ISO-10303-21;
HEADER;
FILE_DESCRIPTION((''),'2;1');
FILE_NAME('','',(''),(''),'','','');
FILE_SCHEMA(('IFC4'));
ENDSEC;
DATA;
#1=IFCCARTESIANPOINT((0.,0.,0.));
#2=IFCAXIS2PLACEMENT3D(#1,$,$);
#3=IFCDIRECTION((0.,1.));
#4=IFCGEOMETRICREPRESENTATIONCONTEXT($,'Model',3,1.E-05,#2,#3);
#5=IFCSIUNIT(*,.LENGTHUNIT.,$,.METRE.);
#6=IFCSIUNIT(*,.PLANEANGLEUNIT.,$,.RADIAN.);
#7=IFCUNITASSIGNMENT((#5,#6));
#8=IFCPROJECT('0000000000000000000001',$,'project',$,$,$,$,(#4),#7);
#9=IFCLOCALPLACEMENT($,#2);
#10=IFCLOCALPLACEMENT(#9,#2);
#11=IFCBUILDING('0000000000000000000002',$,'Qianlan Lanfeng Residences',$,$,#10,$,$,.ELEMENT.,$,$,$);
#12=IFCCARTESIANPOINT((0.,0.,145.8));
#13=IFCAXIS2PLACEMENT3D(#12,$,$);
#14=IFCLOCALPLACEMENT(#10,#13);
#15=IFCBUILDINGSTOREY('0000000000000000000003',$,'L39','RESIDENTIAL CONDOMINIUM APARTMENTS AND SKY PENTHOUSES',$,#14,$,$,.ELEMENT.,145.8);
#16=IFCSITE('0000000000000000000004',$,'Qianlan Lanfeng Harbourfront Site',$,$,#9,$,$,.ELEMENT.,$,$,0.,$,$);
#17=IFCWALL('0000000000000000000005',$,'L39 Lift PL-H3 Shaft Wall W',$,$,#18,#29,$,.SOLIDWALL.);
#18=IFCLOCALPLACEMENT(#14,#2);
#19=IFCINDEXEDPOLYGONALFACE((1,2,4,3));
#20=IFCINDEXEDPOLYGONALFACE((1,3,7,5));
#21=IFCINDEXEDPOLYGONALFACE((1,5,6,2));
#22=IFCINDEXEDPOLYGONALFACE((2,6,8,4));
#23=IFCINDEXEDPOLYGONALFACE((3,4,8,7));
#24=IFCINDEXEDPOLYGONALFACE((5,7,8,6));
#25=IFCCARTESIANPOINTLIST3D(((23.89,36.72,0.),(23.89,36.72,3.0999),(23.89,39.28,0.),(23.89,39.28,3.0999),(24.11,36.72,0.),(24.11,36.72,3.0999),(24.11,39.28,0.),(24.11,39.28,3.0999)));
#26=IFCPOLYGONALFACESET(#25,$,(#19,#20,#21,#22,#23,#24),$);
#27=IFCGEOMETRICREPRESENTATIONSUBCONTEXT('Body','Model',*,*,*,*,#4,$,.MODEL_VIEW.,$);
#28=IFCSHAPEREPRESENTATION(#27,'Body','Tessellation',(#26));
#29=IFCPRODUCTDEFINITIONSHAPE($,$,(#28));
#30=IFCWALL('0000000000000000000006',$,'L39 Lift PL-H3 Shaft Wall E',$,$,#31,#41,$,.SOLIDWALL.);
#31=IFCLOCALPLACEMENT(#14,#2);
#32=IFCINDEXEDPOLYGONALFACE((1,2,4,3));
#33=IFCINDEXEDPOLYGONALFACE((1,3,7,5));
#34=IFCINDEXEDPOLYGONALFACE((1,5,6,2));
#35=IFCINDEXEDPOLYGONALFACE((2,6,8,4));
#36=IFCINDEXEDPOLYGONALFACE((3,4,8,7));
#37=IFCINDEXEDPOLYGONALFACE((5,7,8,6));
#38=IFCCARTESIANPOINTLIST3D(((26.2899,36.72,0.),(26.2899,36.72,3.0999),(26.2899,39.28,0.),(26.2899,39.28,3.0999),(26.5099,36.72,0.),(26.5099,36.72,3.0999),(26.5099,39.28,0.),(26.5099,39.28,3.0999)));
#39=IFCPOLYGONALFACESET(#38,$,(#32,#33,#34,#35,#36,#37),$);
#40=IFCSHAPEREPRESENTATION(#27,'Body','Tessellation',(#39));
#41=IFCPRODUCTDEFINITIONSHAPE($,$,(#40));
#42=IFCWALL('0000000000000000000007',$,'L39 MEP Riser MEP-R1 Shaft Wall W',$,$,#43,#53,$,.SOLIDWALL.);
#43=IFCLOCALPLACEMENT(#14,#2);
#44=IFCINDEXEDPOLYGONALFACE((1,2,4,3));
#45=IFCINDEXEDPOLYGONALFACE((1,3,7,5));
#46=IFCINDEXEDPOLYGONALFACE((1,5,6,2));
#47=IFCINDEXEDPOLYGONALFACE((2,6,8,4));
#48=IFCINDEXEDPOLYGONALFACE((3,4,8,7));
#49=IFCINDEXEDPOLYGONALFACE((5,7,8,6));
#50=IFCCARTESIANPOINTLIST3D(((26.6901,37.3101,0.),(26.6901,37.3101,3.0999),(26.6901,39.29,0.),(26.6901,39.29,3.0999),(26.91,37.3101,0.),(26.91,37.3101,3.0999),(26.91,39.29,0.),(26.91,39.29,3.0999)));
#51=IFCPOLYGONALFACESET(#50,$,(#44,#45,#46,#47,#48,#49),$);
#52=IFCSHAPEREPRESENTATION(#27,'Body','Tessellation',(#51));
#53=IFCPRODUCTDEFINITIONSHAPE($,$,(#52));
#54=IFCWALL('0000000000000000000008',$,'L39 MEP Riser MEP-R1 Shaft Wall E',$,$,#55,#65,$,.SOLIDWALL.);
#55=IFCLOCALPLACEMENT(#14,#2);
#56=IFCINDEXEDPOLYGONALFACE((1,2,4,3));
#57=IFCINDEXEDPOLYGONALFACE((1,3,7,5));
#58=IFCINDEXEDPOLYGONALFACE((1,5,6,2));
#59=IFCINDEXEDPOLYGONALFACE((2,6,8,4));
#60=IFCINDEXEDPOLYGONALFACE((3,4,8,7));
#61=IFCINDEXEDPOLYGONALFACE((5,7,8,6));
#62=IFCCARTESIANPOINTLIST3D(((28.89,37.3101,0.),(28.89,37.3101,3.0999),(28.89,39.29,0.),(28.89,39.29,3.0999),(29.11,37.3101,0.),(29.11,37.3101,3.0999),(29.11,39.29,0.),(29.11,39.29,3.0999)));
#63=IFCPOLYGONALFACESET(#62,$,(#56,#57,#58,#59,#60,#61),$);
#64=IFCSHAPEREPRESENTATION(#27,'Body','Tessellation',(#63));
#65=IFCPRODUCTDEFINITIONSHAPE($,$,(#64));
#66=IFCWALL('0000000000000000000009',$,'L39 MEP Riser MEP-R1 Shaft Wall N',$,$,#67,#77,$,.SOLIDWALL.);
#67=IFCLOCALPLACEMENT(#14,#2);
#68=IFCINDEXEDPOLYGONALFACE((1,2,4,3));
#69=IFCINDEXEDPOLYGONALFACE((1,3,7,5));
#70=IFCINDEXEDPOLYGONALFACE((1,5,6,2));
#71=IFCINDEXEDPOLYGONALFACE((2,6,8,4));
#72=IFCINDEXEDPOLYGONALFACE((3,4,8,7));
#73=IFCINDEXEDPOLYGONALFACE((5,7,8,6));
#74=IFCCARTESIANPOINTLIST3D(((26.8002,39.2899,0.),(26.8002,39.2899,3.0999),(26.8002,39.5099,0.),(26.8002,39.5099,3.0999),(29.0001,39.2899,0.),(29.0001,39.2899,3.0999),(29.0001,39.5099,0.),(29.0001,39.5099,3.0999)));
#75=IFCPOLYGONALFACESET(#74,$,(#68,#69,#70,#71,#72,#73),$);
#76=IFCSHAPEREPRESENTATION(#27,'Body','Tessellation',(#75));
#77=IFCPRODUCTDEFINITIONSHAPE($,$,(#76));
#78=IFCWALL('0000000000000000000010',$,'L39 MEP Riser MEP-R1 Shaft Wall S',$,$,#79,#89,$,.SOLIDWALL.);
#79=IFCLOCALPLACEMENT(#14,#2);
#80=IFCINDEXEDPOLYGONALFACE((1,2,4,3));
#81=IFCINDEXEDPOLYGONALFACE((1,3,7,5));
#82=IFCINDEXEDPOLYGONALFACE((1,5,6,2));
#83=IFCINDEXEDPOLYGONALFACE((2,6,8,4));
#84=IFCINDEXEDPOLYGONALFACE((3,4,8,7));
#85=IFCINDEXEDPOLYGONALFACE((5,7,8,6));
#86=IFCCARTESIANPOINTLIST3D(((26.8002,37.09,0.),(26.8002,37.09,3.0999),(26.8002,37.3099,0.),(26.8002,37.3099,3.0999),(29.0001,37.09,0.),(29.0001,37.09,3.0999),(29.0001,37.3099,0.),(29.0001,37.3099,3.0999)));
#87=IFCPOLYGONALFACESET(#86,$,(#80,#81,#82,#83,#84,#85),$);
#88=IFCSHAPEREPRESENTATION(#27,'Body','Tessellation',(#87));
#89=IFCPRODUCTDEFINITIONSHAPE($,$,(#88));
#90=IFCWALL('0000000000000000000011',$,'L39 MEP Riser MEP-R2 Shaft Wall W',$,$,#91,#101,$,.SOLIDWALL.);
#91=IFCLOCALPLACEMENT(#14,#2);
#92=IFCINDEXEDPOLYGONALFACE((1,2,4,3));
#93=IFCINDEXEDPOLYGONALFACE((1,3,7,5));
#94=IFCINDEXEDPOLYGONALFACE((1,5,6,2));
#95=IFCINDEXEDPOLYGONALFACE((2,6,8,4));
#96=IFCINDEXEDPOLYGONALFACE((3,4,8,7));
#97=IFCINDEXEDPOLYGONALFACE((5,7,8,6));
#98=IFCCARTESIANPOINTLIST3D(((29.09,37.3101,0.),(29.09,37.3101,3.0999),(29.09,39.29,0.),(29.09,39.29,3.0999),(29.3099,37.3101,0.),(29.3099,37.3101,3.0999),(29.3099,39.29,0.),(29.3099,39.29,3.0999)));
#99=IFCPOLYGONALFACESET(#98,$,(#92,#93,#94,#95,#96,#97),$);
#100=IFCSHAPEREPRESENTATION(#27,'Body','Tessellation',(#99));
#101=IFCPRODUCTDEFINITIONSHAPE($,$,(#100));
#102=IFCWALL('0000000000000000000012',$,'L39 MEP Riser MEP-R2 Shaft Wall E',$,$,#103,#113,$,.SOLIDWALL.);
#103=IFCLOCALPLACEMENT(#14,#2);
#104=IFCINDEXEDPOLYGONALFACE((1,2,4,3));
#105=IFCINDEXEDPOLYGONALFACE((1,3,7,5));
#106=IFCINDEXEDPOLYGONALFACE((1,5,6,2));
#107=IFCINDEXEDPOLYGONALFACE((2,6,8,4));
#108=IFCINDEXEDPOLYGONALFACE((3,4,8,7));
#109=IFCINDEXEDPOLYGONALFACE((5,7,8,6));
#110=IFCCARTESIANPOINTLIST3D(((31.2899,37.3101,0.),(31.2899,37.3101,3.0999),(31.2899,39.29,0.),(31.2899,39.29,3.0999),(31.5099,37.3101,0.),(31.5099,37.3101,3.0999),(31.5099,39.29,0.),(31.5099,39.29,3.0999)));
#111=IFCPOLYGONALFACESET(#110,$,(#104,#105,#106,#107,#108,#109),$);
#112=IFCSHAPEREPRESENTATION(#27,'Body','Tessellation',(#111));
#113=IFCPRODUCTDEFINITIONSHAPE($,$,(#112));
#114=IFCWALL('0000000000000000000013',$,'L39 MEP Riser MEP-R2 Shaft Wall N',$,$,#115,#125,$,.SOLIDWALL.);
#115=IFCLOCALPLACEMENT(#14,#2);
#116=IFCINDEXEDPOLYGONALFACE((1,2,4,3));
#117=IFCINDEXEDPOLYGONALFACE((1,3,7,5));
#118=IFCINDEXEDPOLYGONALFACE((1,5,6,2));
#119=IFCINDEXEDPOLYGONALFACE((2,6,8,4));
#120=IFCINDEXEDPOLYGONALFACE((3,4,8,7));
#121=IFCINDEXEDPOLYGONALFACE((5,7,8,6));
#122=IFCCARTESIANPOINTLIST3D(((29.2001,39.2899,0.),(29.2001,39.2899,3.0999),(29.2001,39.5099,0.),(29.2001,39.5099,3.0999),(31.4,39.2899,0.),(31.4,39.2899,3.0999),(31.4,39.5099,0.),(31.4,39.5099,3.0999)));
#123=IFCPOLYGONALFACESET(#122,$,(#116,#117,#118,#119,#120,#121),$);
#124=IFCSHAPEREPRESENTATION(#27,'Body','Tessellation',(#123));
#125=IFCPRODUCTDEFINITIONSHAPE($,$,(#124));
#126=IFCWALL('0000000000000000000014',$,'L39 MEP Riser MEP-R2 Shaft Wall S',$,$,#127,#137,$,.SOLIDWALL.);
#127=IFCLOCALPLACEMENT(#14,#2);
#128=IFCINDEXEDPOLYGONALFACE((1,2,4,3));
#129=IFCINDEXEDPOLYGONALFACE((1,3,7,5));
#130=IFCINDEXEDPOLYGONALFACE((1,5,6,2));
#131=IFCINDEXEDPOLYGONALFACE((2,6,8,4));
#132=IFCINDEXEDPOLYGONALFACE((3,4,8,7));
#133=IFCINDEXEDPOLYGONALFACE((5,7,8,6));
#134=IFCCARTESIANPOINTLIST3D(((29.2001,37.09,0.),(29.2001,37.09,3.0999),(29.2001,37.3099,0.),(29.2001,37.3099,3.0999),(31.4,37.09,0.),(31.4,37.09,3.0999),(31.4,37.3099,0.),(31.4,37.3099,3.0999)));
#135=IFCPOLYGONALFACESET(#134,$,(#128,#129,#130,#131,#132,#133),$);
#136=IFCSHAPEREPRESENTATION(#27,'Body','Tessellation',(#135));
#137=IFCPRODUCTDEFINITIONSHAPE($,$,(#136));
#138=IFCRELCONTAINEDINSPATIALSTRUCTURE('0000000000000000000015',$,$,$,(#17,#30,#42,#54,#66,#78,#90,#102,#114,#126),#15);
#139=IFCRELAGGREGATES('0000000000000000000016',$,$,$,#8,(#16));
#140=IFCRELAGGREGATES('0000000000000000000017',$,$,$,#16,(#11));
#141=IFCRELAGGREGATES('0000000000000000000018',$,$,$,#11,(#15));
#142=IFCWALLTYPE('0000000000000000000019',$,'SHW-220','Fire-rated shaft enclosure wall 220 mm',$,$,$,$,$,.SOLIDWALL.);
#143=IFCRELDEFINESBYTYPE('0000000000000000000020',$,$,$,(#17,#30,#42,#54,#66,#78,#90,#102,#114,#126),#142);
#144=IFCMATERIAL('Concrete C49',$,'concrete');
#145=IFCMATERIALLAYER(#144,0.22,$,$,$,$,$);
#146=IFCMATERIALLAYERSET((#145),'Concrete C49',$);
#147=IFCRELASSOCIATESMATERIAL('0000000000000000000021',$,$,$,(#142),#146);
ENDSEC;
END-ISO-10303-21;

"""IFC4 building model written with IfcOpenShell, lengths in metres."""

from ifc_helpers import new_model, si_unit, direction, frame, frame_2d, origin, place, context, subcontext, project, spatial, rectangle, extrude, material, layer, layer_set, type_object, element, save


model = new_model("IFC4")

# Units and contexts
model_context = context("Model", 3, precision=1e-05, world=origin(), true_north=direction((0.0, 1.0)))
body_context = subcontext(model_context, "Body", "Model", "MODEL_VIEW")
ifc_project = project(units=[si_unit("LENGTHUNIT", "METRE"), si_unit("PLANEANGLEUNIT", "RADIAN")], contexts=[model_context])

# Site, building, storey
site_placement = place(None, origin())
site = spatial("IfcSite", under=ifc_project, at=site_placement, Name="Qianlan Lanfeng Harbourfront Site", CompositionType="ELEMENT", RefElevation=0.0)
building_placement = place(site_placement, origin())
building = spatial("IfcBuilding", under=site, at=building_placement, Name="Qianlan Lanfeng Residences", CompositionType="ELEMENT")
storey_placement = place(building_placement, frame((0.0, 0.0, 145.8)))
storey = spatial("IfcBuildingStorey", under=building, at=storey_placement, Name="L39", Description="RESIDENTIAL CONDOMINIUM APARTMENTS AND SKY PENTHOUSES", CompositionType="ELEMENT", Elevation=145.8)

# Walls
ifc_material_1 = material(Name="Concrete C49", Category="concrete")
ifc_layer_1 = layer(ifc_material_1, 0.22)
ifc_layer_set_1 = layer_set([ifc_layer_1], Name="Concrete C49")
wall_type_1 = type_object("IfcWallType", Name="SHW-220", Description="Fire-rated shaft enclosure wall 220 mm", PredefinedType="SOLIDWALL", material=ifc_layer_set_1)
for number, where, z_axis, x_axis, name in (
    (1, (24.0, 36.72, 0.0), (0.0, 0.0, 1.0), (0.0, 1.0, 0.0), "L39 Lift PL-H3 Shaft Wall W"),
    (2, (26.3999, 36.72, 0.0), (0.0, 0.0, 1.0), (0.0, 1.0, 0.0), "L39 Lift PL-H3 Shaft Wall E"),
):
    element("IfcWall", number, at=place(storey_placement, frame(where, z_axis=z_axis, x_axis=x_axis)), inside=storey, type_object=wall_type_1, Name=name, PredefinedType="SOLIDWALL", context=body_context, shape_type="SweptSolid", body=[
        extrude(rectangle(XDim=2.5601, YDim=0.22, at=frame_2d((1.28, 0.0))), origin(), (0.0, 0.0, 1.0), 3.0999),
    ])
for number, where, z_axis, x_axis, name in (
    (3, (26.8, 37.3101, 0.0), (0.0, 0.0, 1.0), (0.0, 1.0, 0.0), "L39 MEP Riser MEP-R1 Shaft Wall W"),
    (4, (29.0, 37.3101, 0.0), (0.0, 0.0, 1.0), (0.0, 1.0, 0.0), "L39 MEP Riser MEP-R1 Shaft Wall E"),
):
    element("IfcWall", number, at=place(storey_placement, frame(where, z_axis=z_axis, x_axis=x_axis)), inside=storey, type_object=wall_type_1, Name=name, PredefinedType="SOLIDWALL", context=body_context, shape_type="SweptSolid", body=[
        extrude(rectangle(XDim=1.98, YDim=0.22, at=frame_2d((0.99, 0.0))), origin(), (0.0, 0.0, 1.0), 3.0999),
    ])
for number, where, z_axis, x_axis, name in (
    (5, (26.8, 39.3999, 0.0), (0.0, 0.0, 1.0), (1.0, 0.0, 0.0), "L39 MEP Riser MEP-R1 Shaft Wall N"),
    (6, (26.8, 37.2, 0.0), (0.0, 0.0, 1.0), (1.0, 0.0, 0.0), "L39 MEP Riser MEP-R1 Shaft Wall S"),
):
    element("IfcWall", number, at=place(storey_placement, frame(where, z_axis=z_axis, x_axis=x_axis)), inside=storey, type_object=wall_type_1, Name=name, PredefinedType="SOLIDWALL", context=body_context, shape_type="SweptSolid", body=[
        extrude(rectangle(XDim=2.2, YDim=0.22, at=frame_2d((1.1001, 0.0))), origin(), (0.0, 0.0, 1.0), 3.0999),
    ])
for number, where, z_axis, x_axis, name in (
    (7, (29.2, 37.3101, 0.0), (0.0, 0.0, 1.0), (0.0, 1.0, 0.0), "L39 MEP Riser MEP-R2 Shaft Wall W"),
    (8, (31.3999, 37.3101, 0.0), (0.0, 0.0, 1.0), (0.0, 1.0, 0.0), "L39 MEP Riser MEP-R2 Shaft Wall E"),
):
    element("IfcWall", number, at=place(storey_placement, frame(where, z_axis=z_axis, x_axis=x_axis)), inside=storey, type_object=wall_type_1, Name=name, PredefinedType="SOLIDWALL", context=body_context, shape_type="SweptSolid", body=[
        extrude(rectangle(XDim=1.98, YDim=0.22, at=frame_2d((0.99, 0.0))), origin(), (0.0, 0.0, 1.0), 3.0999),
    ])
for number, where, z_axis, x_axis, name in (
    (9, (29.2, 39.3999, 0.0), (0.0, 0.0, 1.0), (1.0, 0.0, 0.0), "L39 MEP Riser MEP-R2 Shaft Wall N"),
    (10, (29.2, 37.2, 0.0), (0.0, 0.0, 1.0), (1.0, 0.0, 0.0), "L39 MEP Riser MEP-R2 Shaft Wall S"),
):
    element("IfcWall", number, at=place(storey_placement, frame(where, z_axis=z_axis, x_axis=x_axis)), inside=storey, type_object=wall_type_1, Name=name, PredefinedType="SOLIDWALL", context=body_context, shape_type="SweptSolid", body=[
        extrude(rectangle(XDim=2.2, YDim=0.22, at=frame_2d((1.1001, 0.0))), origin(), (0.0, 0.0, 1.0), 3.0999),
    ])

save(model, "model.ifc")
